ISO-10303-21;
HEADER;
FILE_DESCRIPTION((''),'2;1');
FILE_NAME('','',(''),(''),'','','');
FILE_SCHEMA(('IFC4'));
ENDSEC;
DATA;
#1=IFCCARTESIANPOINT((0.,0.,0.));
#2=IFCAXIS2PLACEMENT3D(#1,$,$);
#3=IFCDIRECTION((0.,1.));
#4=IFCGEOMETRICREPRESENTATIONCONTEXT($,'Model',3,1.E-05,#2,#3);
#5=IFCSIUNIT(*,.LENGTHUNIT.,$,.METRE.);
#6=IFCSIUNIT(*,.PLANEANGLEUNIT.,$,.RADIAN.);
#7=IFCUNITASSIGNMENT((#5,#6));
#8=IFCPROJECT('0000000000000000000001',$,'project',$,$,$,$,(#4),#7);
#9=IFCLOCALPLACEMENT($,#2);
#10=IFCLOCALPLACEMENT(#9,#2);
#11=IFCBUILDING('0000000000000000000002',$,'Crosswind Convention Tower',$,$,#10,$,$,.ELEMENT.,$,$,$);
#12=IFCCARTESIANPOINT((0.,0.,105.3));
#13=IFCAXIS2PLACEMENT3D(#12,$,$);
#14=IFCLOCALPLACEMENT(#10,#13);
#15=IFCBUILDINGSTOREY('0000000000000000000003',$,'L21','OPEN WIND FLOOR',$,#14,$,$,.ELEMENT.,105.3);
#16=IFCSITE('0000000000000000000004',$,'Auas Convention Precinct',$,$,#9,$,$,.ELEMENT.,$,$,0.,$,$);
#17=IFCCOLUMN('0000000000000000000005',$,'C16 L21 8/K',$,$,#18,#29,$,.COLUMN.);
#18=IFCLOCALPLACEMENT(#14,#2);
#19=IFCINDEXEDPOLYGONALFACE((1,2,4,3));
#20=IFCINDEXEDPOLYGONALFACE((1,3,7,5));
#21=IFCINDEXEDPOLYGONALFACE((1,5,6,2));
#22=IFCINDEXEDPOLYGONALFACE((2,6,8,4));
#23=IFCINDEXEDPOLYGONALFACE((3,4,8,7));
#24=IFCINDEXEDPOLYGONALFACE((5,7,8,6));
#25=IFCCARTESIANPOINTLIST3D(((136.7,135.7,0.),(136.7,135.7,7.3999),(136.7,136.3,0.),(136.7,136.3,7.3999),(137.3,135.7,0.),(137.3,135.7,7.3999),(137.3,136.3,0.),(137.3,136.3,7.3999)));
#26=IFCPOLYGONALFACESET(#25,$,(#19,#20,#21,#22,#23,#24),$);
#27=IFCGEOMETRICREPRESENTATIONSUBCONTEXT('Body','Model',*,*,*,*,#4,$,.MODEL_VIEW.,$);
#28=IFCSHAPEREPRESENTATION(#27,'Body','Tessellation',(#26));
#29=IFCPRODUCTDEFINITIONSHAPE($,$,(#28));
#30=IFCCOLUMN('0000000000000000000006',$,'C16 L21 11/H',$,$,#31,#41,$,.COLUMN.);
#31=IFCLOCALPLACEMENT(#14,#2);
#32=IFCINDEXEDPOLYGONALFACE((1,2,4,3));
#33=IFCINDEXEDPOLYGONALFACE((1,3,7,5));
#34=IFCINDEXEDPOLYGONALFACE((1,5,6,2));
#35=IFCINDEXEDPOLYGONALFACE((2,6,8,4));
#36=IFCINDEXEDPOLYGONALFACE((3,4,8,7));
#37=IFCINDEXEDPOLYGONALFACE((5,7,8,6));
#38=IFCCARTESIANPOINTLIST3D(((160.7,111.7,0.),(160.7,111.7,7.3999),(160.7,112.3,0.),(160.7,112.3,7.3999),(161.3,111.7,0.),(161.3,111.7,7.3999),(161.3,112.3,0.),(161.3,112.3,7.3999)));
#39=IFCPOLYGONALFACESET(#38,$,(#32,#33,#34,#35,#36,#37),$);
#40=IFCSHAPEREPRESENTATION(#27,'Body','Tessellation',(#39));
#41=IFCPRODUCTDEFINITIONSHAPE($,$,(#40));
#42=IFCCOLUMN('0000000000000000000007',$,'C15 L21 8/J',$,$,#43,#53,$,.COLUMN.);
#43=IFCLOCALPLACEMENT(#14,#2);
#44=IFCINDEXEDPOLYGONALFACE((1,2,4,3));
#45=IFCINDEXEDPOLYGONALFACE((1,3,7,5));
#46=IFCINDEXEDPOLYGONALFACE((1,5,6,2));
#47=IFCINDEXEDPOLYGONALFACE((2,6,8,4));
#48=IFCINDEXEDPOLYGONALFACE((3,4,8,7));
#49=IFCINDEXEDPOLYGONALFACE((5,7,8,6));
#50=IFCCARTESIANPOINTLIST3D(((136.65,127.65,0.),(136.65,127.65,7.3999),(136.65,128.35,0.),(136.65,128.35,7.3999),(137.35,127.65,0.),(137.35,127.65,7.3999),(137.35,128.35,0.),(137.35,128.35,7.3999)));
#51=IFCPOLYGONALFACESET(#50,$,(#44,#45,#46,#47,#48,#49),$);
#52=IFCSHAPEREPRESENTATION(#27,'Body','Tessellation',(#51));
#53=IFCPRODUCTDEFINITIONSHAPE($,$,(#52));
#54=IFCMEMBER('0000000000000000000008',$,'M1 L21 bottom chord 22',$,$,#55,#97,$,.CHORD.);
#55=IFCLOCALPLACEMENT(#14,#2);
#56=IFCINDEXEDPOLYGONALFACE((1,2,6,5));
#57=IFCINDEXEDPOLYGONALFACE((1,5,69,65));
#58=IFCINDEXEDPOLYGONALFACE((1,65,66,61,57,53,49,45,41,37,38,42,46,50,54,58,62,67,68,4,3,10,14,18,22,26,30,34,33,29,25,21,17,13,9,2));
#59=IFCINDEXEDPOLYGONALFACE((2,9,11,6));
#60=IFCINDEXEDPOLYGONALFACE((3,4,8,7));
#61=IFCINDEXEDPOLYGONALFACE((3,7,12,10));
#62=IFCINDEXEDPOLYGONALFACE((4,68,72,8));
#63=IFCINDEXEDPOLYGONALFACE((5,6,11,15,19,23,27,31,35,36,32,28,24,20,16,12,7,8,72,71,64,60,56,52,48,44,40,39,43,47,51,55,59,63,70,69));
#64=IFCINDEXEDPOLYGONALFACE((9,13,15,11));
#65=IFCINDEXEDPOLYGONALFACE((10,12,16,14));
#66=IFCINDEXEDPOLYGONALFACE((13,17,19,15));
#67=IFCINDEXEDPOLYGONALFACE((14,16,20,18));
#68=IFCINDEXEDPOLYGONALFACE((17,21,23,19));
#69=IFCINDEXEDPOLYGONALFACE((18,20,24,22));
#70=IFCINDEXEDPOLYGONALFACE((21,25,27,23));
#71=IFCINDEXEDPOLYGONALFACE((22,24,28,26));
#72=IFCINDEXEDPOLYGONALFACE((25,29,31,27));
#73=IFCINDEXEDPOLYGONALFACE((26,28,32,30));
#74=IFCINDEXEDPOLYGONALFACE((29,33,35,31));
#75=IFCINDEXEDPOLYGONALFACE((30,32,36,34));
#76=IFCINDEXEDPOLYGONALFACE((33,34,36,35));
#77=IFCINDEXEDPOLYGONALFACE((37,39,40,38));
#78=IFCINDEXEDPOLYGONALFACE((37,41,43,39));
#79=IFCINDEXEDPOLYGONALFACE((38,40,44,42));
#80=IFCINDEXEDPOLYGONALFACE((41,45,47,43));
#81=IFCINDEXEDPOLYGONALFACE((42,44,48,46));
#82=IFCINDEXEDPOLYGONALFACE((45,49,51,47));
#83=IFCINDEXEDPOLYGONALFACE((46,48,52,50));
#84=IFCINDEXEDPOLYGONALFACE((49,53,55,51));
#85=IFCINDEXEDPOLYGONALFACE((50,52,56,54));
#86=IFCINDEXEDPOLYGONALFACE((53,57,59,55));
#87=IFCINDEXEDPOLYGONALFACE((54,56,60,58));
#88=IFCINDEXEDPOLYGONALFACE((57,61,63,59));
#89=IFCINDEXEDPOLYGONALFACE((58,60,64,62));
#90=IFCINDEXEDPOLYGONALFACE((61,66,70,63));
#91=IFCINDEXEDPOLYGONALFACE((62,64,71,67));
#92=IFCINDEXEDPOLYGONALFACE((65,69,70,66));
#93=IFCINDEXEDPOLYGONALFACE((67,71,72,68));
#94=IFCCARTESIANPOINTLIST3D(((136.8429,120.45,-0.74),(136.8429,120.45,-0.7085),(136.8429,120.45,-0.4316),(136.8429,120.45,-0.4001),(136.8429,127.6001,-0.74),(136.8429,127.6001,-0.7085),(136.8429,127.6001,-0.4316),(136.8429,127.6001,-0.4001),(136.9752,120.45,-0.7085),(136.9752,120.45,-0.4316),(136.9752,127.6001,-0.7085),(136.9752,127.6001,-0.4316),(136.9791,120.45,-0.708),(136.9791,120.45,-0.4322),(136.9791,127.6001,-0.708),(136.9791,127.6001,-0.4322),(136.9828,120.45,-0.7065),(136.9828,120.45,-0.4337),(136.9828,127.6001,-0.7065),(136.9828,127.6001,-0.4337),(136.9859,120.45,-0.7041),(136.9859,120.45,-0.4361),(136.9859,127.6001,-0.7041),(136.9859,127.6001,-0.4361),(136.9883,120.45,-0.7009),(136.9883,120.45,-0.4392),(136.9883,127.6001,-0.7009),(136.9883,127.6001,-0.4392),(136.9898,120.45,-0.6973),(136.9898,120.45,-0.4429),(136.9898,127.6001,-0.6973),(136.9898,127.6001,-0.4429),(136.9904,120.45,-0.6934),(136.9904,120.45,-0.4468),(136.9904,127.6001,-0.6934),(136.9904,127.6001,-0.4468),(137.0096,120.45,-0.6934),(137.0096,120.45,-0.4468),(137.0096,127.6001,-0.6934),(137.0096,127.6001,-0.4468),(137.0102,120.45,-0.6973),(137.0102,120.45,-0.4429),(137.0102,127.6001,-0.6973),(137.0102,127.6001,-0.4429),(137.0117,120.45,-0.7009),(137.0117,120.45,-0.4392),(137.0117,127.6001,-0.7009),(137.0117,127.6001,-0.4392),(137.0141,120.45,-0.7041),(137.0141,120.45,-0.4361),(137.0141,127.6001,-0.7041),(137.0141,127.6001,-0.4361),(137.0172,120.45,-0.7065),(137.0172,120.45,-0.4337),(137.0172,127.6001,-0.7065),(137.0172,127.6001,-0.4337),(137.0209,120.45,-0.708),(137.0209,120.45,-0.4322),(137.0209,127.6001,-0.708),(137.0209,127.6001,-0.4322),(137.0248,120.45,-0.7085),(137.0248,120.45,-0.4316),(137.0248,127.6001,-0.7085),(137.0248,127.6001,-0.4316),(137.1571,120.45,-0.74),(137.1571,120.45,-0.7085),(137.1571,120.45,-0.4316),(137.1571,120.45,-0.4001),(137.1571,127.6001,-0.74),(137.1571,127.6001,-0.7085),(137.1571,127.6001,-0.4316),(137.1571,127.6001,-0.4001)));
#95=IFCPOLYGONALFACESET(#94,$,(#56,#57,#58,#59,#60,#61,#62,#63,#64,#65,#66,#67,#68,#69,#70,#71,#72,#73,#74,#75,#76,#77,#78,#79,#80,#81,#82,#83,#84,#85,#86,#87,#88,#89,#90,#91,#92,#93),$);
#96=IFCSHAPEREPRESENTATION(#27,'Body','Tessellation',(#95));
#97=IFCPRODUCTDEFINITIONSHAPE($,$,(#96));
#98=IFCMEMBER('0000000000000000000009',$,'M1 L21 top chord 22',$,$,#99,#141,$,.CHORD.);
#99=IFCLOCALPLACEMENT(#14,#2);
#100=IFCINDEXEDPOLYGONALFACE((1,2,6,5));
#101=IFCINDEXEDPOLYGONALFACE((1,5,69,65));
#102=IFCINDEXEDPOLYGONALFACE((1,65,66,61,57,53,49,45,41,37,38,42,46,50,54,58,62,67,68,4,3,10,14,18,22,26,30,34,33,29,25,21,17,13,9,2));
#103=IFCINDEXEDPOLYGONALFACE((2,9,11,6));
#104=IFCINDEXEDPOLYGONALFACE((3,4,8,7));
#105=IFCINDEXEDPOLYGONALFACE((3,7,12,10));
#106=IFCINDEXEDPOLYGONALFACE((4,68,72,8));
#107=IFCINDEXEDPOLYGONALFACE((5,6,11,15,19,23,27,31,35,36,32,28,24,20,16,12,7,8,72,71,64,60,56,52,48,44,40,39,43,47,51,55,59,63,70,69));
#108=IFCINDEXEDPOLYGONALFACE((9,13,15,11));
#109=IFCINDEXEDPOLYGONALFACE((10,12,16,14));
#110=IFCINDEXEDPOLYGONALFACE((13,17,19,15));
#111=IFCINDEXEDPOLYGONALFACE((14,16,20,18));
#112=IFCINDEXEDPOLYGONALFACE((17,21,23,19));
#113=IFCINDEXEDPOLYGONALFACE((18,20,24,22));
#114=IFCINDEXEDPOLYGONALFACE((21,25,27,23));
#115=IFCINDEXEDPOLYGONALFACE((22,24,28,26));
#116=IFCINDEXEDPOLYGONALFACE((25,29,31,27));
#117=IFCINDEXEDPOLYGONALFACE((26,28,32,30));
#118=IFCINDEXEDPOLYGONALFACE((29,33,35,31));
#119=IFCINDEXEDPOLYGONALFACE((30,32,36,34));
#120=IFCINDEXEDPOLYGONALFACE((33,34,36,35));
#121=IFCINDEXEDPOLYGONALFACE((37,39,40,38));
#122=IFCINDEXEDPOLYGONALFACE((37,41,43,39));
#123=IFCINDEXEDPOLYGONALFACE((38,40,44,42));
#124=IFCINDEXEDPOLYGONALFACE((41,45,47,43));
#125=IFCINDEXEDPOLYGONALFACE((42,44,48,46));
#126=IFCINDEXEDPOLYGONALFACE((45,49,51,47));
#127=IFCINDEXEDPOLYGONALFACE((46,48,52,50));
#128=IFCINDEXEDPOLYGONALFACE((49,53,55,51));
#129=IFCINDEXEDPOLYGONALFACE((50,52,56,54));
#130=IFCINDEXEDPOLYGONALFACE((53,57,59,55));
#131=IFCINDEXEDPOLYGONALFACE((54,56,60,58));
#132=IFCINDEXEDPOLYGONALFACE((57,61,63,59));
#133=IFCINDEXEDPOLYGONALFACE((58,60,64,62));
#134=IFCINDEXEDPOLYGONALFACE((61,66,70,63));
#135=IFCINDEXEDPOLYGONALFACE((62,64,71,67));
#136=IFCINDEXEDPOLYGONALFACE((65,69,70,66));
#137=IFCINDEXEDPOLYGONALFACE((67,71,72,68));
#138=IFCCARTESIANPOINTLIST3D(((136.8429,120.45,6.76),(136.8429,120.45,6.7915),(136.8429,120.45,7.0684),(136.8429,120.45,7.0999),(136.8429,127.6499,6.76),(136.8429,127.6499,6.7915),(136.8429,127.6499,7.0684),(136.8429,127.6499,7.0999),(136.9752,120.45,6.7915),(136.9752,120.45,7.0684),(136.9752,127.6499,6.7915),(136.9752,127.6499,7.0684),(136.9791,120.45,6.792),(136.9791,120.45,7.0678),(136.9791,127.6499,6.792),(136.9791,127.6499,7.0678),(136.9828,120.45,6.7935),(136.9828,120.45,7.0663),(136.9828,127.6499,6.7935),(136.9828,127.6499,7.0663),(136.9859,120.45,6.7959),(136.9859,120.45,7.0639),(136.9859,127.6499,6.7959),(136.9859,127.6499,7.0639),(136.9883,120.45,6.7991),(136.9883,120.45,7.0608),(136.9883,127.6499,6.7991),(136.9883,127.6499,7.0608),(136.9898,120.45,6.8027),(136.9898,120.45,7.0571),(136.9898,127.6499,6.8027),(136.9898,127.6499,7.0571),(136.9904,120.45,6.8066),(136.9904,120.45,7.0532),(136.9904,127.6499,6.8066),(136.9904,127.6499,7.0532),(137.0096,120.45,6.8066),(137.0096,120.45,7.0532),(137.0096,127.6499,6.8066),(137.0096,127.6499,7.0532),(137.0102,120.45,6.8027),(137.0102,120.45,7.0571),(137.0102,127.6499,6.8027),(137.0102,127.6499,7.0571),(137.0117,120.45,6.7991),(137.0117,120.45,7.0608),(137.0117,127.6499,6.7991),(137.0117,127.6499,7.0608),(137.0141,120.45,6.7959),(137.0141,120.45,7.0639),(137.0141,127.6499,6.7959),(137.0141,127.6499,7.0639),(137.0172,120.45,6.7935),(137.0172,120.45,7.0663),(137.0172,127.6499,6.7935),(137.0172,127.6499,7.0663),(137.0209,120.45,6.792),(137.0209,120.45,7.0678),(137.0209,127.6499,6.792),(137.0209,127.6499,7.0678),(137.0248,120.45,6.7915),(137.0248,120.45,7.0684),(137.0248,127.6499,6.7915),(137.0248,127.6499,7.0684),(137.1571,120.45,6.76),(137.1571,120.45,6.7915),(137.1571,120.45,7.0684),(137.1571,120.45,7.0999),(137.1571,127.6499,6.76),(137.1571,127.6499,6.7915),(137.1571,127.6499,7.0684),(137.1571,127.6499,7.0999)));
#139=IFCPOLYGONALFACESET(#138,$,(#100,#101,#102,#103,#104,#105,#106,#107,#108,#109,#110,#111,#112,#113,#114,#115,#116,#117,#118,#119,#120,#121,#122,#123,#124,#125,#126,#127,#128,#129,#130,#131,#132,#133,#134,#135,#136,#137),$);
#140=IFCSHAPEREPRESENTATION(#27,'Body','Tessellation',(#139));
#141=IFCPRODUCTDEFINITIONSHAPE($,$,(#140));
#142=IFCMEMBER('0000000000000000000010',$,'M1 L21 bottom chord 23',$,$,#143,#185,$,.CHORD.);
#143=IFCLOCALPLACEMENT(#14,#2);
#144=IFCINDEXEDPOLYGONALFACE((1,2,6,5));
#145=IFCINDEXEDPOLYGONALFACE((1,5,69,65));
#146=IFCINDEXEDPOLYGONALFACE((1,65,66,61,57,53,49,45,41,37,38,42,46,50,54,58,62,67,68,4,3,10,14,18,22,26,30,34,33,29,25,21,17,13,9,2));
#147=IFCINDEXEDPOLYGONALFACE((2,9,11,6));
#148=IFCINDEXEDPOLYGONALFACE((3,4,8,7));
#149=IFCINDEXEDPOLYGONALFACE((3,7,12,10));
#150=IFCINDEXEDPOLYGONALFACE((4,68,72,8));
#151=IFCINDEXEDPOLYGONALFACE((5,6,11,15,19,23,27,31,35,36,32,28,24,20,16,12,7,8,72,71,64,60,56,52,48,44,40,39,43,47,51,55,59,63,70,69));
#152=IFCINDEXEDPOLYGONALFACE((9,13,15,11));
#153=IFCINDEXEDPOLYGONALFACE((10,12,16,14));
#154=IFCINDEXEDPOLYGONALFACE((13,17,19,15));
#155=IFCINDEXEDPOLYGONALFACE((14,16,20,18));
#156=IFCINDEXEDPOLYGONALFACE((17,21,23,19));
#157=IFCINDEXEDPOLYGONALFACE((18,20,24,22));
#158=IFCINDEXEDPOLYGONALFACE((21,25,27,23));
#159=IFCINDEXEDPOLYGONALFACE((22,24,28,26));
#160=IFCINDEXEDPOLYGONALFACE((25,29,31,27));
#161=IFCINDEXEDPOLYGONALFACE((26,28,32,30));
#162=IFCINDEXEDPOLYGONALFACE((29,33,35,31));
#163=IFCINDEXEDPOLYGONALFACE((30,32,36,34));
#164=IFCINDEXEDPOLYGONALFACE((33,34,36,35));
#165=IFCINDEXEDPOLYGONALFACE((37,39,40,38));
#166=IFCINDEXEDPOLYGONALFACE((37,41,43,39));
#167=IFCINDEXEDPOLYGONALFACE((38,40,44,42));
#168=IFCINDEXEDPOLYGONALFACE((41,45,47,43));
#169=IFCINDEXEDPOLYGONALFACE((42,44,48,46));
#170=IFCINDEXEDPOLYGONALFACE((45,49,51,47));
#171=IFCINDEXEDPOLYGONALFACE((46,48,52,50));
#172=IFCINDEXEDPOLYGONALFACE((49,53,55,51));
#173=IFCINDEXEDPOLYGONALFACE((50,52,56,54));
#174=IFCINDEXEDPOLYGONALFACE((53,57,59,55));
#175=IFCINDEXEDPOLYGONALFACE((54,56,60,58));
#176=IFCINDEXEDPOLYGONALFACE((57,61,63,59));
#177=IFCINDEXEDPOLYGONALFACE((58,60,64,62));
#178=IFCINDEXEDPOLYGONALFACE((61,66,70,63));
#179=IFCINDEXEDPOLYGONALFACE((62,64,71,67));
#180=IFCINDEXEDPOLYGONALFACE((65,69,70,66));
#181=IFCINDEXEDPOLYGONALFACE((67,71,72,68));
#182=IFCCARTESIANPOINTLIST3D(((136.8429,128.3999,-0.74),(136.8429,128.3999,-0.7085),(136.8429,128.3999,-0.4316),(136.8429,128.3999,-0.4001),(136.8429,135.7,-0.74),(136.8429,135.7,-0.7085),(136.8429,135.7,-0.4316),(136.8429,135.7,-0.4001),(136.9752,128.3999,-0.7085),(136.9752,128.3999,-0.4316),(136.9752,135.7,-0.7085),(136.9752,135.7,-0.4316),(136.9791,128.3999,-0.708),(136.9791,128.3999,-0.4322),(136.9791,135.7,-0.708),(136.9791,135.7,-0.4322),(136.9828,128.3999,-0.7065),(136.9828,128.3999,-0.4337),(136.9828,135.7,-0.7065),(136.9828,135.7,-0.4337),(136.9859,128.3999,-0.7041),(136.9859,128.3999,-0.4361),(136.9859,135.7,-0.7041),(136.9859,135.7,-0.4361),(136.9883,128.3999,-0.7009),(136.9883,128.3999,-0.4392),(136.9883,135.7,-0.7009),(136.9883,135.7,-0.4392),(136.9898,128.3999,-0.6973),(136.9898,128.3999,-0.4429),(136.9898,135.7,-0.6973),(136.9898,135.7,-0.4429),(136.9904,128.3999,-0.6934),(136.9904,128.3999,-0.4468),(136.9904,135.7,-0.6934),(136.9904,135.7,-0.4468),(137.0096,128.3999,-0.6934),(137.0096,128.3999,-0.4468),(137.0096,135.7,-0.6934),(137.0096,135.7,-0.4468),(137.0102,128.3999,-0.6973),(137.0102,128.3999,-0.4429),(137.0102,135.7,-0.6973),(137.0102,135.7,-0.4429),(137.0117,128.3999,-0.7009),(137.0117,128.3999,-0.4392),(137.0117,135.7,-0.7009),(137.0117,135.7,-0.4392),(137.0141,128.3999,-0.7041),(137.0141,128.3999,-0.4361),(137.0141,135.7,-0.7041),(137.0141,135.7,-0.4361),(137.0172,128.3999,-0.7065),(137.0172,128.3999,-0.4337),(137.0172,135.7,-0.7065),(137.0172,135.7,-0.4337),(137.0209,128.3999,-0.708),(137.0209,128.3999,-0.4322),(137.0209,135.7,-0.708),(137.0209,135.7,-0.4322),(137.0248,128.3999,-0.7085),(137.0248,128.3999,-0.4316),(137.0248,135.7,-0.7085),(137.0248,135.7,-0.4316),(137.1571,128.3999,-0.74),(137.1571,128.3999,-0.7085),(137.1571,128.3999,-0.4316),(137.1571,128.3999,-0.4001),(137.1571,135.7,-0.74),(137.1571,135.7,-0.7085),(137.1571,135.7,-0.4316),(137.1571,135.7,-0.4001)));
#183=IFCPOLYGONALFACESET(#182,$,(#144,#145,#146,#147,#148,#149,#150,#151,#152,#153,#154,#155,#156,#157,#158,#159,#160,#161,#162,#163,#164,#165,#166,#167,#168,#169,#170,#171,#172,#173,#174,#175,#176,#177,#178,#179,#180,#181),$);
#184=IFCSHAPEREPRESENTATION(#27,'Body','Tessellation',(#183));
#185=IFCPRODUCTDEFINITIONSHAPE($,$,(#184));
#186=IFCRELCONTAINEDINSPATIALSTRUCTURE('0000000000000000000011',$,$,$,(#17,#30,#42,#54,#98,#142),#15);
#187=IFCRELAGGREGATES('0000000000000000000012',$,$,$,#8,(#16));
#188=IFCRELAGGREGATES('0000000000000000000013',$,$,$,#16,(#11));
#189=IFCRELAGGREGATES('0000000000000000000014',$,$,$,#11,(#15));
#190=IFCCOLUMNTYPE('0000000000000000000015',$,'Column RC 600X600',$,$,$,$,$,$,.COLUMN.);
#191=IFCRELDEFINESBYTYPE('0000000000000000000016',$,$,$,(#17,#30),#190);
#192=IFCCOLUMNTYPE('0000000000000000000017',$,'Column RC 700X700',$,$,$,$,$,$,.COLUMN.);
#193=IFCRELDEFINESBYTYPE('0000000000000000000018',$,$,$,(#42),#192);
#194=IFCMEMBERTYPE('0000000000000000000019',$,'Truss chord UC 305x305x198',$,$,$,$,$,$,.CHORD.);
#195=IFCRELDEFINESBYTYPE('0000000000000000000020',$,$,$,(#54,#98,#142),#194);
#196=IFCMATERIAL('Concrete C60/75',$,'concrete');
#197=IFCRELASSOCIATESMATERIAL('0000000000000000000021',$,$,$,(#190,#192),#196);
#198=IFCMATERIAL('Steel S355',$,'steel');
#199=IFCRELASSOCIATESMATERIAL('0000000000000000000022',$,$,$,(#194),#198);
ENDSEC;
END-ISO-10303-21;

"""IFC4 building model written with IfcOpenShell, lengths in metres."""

from ifc_helpers import new_model, si_unit, direction, frame, origin, origin_2d, place, context, subcontext, project, spatial, rectangle, i_section, extrude, material, material_profile, profile_set, type_object, element, save


model = new_model("IFC4")

# Units and contexts
model_context = context("Model", 3, precision=1e-05, world=origin(), true_north=direction((0.0, 1.0)))
body_context = subcontext(model_context, "Body", "Model", "MODEL_VIEW")
ifc_project = project(units=[si_unit("LENGTHUNIT", "METRE"), si_unit("PLANEANGLEUNIT", "RADIAN")], contexts=[model_context])

# Site, building, storey
site_placement = place(None, origin())
site = spatial("IfcSite", under=ifc_project, at=site_placement, Name="Auas Convention Precinct", CompositionType="ELEMENT", RefElevation=0.0)
building_placement = place(site_placement, origin())
building = spatial("IfcBuilding", under=site, at=building_placement, Name="Crosswind Convention Tower", CompositionType="ELEMENT")
storey_placement = place(building_placement, frame((0.0, 0.0, 105.3)))
storey = spatial("IfcBuildingStorey", under=building, at=storey_placement, Name="L21", Description="OPEN WIND FLOOR", CompositionType="ELEMENT", Elevation=105.3)

# Columns
ifc_material_1 = material(Name="Concrete C60/75", Category="concrete")
ifc_material_profile_1 = material_profile(ifc_material_1, rectangle(XDim=0.6001, YDim=0.6001, at=origin_2d()), Name="RC 600X600")
ifc_profile_set_1 = profile_set([ifc_material_profile_1], Name="Concrete C60/75")
column_type_1 = type_object("IfcColumnType", Name="Column RC 600X600", PredefinedType="COLUMN", material=ifc_profile_set_1)
for number, where, z_axis, x_axis, name in (
    (1, (137.0, 136.0, 0.0), (0.0, 0.0, 1.0), (1.0, 0.0, 0.0), "C16 L21 8/K"),
    (2, (161.0, 112.0, 0.0), (0.0, 0.0, 1.0), (1.0, 0.0, 0.0), "C16 L21 11/H"),
):
    element("IfcColumn", number, at=place(storey_placement, frame(where, z_axis=z_axis, x_axis=x_axis)), inside=storey, type_object=column_type_1, Name=name, PredefinedType="COLUMN", context=body_context, shape_type="SweptSolid", body=[
        extrude(rectangle(XDim=0.6001, YDim=0.6001, at=origin_2d()), origin(), (0.0, 0.0, 1.0), 7.3999),
    ])
ifc_material_profile_2 = material_profile(ifc_material_1, rectangle(XDim=0.7, YDim=0.7, at=origin_2d()), Name="RC 700X700")
ifc_profile_set_2 = profile_set([ifc_material_profile_2], Name="Concrete C60/75")
column_type_2 = type_object("IfcColumnType", Name="Column RC 700X700", PredefinedType="COLUMN", material=ifc_profile_set_2)
column_placement = place(storey_placement, frame((137.0, 128.0, 0.0), z_axis=(0.0, 0.0, 1.0), x_axis=(1.0, 0.0, 0.0)))
element("IfcColumn", 3, at=column_placement, inside=storey, type_object=column_type_2, Name="C15 L21 8/J", PredefinedType="COLUMN", context=body_context, shape_type="SweptSolid", body=[
    extrude(rectangle(XDim=0.7, YDim=0.7, at=origin_2d()), origin(), (0.0, 0.0, 1.0), 7.3999),
])

# Members
ifc_material_2 = material(Name="Steel S355", Category="steel")
ifc_material_profile_3 = material_profile(ifc_material_2, i_section(OverallWidth=0.3142, OverallDepth=0.3398, WebThickness=0.0193, FlangeThickness=0.0315, FilletRadius=0.0151, at=origin_2d()), Name="UC 305x305x198")
ifc_profile_set_3 = profile_set([ifc_material_profile_3], Name="Steel S355")
member_type_1 = type_object("IfcMemberType", Name="Truss chord UC 305x305x198", PredefinedType="CHORD", material=ifc_profile_set_3)
member_1_placement = place(storey_placement, frame((137.0, 120.45, -0.5701), z_axis=(0.0, 1.0, 0.0), x_axis=(-1.0, 0.0, 0.0)))
element("IfcMember", 4, at=member_1_placement, inside=storey, type_object=member_type_1, Name="M1 L21 bottom chord 22", PredefinedType="CHORD", context=body_context, shape_type="SweptSolid", body=[
    extrude(i_section(OverallWidth=0.3142, OverallDepth=0.3398, WebThickness=0.0193, FlangeThickness=0.0315, FilletRadius=0.0151, at=origin_2d()), origin(), (0.0, 0.0, 1.0), 7.1501),
])
member_2_placement = place(storey_placement, frame((137.0, 120.45, 6.9299), z_axis=(0.0, 1.0, 0.0), x_axis=(-1.0, 0.0, 0.0)))
element("IfcMember", 5, at=member_2_placement, inside=storey, type_object=member_type_1, Name="M1 L21 top chord 22", PredefinedType="CHORD", context=body_context, shape_type="SweptSolid", body=[
    extrude(i_section(OverallWidth=0.3142, OverallDepth=0.3398, WebThickness=0.0193, FlangeThickness=0.0315, FilletRadius=0.0151, at=origin_2d()), origin(), (0.0, 0.0, 1.0), 7.2),
])
member_3_placement = place(storey_placement, frame((137.0, 128.3999, -0.5701), z_axis=(0.0, 1.0, 0.0), x_axis=(-1.0, 0.0, 0.0)))
element("IfcMember", 6, at=member_3_placement, inside=storey, type_object=member_type_1, Name="M1 L21 bottom chord 23", PredefinedType="CHORD", context=body_context, shape_type="SweptSolid", body=[
    extrude(i_section(OverallWidth=0.3142, OverallDepth=0.3398, WebThickness=0.0193, FlangeThickness=0.0315, FilletRadius=0.0151, at=origin_2d()), origin(), (0.0, 0.0, 1.0), 7.3),
])

save(model, "model.ifc")
